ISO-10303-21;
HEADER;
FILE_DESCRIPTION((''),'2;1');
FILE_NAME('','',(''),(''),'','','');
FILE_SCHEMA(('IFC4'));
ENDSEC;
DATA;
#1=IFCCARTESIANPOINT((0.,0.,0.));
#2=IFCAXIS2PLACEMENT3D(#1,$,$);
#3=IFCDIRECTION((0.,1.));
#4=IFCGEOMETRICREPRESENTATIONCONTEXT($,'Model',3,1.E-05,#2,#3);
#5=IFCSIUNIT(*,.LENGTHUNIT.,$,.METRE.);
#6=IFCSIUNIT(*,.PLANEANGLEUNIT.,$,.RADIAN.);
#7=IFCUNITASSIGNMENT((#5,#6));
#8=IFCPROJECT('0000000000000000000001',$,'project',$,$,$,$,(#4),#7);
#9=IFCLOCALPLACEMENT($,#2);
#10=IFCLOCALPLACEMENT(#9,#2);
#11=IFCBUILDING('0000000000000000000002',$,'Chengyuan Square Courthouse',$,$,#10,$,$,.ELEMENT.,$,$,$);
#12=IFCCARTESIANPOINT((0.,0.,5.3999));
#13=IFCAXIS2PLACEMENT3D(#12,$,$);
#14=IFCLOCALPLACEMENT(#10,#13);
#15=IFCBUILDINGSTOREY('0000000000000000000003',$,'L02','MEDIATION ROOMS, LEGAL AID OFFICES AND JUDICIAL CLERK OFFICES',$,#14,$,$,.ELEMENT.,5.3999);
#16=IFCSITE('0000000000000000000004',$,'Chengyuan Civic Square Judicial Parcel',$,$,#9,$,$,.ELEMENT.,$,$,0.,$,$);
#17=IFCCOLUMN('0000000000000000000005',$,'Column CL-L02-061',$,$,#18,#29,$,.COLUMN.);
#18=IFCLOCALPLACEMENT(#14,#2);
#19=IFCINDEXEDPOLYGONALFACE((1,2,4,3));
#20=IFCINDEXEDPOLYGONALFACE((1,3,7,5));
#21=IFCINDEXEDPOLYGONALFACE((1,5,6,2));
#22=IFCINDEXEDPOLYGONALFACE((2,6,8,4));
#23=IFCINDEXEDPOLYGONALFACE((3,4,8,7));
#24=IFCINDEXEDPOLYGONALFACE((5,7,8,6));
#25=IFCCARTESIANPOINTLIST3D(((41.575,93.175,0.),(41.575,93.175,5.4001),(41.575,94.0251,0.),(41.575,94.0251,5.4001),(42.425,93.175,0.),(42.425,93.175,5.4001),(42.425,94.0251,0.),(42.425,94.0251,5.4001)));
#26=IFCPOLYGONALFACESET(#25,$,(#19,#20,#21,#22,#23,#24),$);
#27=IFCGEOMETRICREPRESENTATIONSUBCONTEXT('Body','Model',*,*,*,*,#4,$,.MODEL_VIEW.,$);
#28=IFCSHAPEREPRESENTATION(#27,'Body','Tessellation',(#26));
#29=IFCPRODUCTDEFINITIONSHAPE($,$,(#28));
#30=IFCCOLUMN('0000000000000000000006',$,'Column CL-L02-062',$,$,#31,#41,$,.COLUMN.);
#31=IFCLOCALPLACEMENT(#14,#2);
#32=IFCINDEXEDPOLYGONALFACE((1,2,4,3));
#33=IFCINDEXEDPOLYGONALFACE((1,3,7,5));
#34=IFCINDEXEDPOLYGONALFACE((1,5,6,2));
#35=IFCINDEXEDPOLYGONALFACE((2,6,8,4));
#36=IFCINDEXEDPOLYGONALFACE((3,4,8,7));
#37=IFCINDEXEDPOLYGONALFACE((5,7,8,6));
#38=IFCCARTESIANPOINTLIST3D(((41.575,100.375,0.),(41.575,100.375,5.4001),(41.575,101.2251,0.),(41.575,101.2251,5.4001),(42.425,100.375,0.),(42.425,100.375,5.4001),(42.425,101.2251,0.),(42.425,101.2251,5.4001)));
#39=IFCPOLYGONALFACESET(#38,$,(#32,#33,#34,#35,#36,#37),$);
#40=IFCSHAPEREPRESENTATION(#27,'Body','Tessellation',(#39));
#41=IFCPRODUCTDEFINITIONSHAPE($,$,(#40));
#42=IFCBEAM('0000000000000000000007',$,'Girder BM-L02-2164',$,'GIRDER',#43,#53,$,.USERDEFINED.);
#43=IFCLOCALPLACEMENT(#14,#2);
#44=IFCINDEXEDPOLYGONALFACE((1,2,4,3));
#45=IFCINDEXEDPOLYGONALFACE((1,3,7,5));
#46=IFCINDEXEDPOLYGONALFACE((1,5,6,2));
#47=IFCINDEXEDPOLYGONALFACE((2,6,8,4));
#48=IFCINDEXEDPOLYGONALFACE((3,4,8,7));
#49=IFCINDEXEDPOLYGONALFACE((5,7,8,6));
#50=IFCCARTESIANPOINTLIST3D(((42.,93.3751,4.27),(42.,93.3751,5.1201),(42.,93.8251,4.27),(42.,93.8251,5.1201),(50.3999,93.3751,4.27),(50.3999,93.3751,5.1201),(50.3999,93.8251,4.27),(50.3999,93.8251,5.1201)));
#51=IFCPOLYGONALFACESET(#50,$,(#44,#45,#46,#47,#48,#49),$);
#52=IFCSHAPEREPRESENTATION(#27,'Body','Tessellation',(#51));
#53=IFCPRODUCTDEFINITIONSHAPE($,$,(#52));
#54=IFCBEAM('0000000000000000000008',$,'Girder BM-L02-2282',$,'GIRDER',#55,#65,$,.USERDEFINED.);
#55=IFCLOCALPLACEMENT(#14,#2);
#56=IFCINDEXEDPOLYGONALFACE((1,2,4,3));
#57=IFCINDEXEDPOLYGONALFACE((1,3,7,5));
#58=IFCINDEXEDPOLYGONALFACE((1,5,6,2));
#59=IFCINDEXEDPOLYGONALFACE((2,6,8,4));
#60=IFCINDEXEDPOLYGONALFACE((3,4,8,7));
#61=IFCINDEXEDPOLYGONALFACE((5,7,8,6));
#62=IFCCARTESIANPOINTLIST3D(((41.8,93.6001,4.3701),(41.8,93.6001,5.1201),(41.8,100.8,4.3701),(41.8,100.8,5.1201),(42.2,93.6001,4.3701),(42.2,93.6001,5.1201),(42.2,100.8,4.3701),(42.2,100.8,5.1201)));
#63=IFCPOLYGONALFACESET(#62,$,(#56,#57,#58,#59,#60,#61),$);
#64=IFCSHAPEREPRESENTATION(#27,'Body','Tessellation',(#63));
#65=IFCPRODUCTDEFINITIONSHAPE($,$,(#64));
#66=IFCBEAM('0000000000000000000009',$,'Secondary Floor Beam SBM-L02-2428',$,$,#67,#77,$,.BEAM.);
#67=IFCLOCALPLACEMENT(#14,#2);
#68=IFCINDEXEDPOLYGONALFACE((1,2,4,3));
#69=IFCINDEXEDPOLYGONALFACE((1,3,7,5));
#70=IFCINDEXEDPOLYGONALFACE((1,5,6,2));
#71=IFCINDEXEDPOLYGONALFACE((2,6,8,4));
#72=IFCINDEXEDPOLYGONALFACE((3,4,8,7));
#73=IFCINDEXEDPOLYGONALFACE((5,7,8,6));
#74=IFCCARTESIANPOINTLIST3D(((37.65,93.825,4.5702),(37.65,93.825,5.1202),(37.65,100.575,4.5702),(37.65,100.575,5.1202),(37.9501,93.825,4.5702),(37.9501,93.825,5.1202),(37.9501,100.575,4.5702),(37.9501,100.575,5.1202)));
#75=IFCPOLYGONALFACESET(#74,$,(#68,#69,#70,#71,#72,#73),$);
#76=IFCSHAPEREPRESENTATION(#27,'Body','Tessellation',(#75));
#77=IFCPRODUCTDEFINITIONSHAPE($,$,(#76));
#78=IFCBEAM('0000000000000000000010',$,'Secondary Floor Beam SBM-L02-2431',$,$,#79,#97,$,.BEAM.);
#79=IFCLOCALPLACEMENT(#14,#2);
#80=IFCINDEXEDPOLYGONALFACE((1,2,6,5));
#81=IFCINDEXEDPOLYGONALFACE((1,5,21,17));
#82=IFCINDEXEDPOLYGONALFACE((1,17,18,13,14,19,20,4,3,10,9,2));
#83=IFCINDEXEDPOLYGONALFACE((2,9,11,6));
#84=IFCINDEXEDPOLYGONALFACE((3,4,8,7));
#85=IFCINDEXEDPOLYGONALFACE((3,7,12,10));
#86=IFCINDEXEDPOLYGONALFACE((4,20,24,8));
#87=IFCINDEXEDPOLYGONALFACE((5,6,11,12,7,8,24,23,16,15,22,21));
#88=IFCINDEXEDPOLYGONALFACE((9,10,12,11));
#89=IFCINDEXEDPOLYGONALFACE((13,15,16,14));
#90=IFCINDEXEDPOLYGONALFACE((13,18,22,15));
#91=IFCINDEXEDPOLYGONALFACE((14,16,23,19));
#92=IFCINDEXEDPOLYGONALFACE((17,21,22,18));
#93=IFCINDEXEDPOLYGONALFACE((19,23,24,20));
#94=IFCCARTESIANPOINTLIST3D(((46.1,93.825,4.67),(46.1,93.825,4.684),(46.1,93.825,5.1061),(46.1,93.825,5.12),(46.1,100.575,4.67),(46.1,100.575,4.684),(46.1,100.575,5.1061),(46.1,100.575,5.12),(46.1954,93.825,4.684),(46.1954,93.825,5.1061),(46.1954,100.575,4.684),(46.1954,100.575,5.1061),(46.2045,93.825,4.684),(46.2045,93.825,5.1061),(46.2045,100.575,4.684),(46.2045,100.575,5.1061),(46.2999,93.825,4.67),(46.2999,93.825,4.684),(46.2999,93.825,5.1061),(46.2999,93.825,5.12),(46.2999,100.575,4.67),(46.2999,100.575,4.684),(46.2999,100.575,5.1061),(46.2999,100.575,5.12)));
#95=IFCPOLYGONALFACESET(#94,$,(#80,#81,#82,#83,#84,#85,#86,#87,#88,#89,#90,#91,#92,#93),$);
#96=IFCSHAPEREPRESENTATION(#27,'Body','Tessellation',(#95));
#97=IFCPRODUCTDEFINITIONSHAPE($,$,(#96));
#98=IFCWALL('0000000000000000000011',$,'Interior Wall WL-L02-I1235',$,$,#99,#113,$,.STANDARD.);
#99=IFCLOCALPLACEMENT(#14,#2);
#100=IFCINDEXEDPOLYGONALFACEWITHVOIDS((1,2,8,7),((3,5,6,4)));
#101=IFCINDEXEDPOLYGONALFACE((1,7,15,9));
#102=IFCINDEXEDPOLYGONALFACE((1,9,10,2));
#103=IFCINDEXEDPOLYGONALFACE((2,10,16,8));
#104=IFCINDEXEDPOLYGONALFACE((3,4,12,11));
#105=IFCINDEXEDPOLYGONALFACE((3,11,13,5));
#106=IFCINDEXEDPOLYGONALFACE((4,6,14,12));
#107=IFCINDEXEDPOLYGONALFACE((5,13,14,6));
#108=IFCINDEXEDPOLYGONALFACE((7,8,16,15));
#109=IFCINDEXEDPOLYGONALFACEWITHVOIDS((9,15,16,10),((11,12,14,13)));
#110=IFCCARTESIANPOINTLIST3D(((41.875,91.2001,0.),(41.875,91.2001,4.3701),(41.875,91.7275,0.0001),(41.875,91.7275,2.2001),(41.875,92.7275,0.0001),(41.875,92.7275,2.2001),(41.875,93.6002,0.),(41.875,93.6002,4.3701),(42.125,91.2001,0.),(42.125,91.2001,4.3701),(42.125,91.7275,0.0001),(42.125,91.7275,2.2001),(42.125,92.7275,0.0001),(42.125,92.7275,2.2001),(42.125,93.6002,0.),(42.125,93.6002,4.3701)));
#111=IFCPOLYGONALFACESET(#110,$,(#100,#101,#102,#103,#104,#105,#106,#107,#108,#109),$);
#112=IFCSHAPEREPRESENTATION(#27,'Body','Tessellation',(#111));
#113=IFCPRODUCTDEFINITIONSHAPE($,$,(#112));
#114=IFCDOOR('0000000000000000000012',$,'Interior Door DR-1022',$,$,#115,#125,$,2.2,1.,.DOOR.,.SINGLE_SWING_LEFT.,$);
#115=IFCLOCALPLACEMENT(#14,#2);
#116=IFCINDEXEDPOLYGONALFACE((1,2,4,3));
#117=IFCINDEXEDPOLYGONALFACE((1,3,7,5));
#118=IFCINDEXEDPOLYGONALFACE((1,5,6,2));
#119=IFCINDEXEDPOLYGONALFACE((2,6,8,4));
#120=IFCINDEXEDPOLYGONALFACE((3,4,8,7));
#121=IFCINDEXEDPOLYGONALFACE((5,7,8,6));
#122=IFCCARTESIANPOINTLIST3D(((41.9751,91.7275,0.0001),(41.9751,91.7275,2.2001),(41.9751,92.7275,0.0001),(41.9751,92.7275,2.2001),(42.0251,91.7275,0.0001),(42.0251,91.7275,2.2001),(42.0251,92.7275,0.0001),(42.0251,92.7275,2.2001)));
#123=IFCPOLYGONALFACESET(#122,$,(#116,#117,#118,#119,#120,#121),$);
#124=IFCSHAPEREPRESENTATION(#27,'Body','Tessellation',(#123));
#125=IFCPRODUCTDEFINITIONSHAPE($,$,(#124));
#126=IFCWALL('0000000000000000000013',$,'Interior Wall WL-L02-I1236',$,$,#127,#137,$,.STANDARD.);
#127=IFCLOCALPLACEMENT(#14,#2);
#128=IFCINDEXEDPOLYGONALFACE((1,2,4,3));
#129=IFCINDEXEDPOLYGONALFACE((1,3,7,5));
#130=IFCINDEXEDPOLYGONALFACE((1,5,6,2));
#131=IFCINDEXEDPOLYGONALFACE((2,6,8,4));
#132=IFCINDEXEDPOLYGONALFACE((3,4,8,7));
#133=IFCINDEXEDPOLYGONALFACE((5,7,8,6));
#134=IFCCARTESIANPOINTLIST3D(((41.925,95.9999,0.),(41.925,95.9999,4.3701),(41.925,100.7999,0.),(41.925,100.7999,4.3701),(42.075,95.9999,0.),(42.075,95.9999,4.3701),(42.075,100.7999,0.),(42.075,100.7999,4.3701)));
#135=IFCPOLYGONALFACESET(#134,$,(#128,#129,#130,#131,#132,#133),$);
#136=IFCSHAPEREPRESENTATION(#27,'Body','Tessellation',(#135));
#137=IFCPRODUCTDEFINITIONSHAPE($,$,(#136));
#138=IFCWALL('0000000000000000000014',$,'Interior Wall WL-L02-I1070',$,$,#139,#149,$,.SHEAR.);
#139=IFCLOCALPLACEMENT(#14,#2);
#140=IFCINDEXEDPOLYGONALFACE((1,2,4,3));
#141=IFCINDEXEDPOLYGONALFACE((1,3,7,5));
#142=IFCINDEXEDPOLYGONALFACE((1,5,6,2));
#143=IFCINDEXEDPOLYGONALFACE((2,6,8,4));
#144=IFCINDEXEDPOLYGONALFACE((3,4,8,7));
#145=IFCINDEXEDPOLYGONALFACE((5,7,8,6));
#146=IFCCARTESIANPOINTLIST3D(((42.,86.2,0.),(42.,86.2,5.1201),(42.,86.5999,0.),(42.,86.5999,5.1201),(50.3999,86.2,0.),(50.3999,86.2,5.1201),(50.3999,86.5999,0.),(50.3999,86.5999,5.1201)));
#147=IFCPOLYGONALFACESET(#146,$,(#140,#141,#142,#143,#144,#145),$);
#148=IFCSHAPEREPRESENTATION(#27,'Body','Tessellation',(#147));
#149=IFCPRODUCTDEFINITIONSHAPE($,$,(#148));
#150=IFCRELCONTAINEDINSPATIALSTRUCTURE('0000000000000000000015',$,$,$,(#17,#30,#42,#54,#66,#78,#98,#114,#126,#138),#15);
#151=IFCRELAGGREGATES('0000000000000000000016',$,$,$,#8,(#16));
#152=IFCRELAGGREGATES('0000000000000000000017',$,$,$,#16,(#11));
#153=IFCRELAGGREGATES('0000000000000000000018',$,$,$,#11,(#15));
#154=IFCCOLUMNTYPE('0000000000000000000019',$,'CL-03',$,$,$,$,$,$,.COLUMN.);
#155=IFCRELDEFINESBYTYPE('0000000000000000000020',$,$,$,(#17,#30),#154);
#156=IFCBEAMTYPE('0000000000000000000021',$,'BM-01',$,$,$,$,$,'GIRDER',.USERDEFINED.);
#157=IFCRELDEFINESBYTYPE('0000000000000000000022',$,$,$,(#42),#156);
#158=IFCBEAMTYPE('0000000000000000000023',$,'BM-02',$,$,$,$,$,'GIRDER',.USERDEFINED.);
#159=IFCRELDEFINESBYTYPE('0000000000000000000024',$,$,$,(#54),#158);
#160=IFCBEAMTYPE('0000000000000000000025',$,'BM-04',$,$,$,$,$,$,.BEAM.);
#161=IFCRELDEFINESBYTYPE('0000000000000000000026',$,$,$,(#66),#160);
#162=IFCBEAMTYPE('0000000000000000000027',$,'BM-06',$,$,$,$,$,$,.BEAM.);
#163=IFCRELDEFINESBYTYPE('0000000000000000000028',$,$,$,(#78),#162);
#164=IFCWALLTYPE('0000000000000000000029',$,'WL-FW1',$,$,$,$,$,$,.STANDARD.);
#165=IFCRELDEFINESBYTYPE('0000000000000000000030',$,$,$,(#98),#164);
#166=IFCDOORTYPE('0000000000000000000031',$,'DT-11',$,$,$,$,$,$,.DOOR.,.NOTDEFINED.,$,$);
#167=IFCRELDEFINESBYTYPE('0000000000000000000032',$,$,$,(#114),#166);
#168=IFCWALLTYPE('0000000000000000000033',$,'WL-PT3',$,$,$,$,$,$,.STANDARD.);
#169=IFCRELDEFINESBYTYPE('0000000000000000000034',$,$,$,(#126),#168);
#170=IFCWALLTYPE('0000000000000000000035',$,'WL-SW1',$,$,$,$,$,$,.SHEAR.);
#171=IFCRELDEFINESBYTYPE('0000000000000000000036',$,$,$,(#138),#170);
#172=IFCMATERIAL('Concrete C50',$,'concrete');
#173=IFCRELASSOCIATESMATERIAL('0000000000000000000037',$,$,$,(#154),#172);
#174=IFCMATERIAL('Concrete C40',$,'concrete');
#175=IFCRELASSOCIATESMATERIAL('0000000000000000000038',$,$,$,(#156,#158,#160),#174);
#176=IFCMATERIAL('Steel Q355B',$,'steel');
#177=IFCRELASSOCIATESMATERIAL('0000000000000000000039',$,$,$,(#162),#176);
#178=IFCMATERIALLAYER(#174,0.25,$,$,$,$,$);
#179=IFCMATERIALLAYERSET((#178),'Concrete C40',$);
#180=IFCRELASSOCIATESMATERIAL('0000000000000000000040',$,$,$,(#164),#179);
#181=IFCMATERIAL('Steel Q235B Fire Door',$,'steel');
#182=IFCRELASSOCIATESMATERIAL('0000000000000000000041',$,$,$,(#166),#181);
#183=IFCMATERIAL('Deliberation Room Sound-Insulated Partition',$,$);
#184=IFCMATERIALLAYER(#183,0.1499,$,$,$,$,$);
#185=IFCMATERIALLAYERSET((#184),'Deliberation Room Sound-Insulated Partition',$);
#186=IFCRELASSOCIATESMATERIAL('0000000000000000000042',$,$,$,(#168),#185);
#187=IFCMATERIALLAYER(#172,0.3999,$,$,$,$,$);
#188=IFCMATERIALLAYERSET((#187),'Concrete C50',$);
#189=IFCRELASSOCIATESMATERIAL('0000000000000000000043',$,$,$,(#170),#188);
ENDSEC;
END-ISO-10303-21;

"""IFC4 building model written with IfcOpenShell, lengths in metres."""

from ifc_helpers import new_model, si_unit, direction, frame, frame_2d, origin, origin_2d, place, context, subcontext, project, spatial, rectangle, i_section, extrude, material, layer, layer_set, material_profile, profile_set, type_object, element, fill, save


model = new_model("IFC4")

# Units and contexts
model_context = context("Model", 3, precision=1e-05, world=origin(), true_north=direction((0.0, 1.0)))
body_context = subcontext(model_context, "Body", "Model", "MODEL_VIEW")
ifc_project = project(units=[si_unit("LENGTHUNIT", "METRE"), si_unit("PLANEANGLEUNIT", "RADIAN")], contexts=[model_context])

# Site, building, storey
site_placement = place(None, origin())
site = spatial("IfcSite", under=ifc_project, at=site_placement, Name="Chengyuan Civic Square Judicial Parcel", CompositionType="ELEMENT", RefElevation=0.0)
building_placement = place(site_placement, origin())
building = spatial("IfcBuilding", under=site, at=building_placement, Name="Chengyuan Square Courthouse", CompositionType="ELEMENT")
storey_placement = place(building_placement, frame((0.0, 0.0, 5.3999)))
storey = spatial("IfcBuildingStorey", under=building, at=storey_placement, Name="L02", Description="MEDIATION ROOMS, LEGAL AID OFFICES AND JUDICIAL CLERK OFFICES", CompositionType="ELEMENT", Elevation=5.3999)

# Columns
ifc_material_1 = material(Name="Concrete C50", Category="concrete")
ifc_material_profile_1 = material_profile(ifc_material_1, rectangle(XDim=0.8501, YDim=0.8501, at=origin_2d()), Name="RC-COL-850x850")
ifc_profile_set_1 = profile_set([ifc_material_profile_1], Name="Concrete C50")
column_type = type_object("IfcColumnType", Name="CL-03", PredefinedType="COLUMN", material=ifc_profile_set_1)
for number, where, z_axis, x_axis, name in (
    (1, (42.0, 93.6001, 0.0), (0.0, 0.0, 1.0), (1.0, 0.0, 0.0), "Column CL-L02-061"),
    (2, (42.0, 100.8, 0.0), (0.0, 0.0, 1.0), (1.0, 0.0, 0.0), "Column CL-L02-062"),
):
    element("IfcColumn", number, at=place(storey_placement, frame(where, z_axis=z_axis, x_axis=x_axis)), inside=storey, type_object=column_type, Name=name, PredefinedType="COLUMN", context=body_context, shape_type="SweptSolid", body=[
        extrude(rectangle(XDim=0.8501, YDim=0.8501, at=origin_2d()), origin(), (0.0, 0.0, 1.0), 5.4001),
    ])

# Beams
ifc_material_2 = material(Name="Concrete C40", Category="concrete")
ifc_material_profile_2 = material_profile(ifc_material_2, rectangle(XDim=0.45, YDim=0.8501, at=origin_2d()), Name="RC-BM-450x850")
ifc_profile_set_2 = profile_set([ifc_material_profile_2], Name="Concrete C40")
beam_type_1 = type_object("IfcBeamType", Name="BM-01", ElementType="GIRDER", PredefinedType="USERDEFINED", material=ifc_profile_set_2)
beam_1_placement = place(storey_placement, frame((42.0, 93.6001, 4.6951), z_axis=(1.0, 0.0, 0.0), x_axis=(0.0, 1.0, 0.0)))
element("IfcBeam", 3, at=beam_1_placement, inside=storey, type_object=beam_type_1, Name="Girder BM-L02-2164", ObjectType="GIRDER", PredefinedType="USERDEFINED", context=body_context, shape_type="SweptSolid", body=[
    extrude(rectangle(XDim=0.45, YDim=0.8501, at=origin_2d()), origin(), (0.0, 0.0, 1.0), 8.3999),
])
ifc_material_profile_3 = material_profile(ifc_material_2, rectangle(XDim=0.3999, YDim=0.75, at=origin_2d()), Name="RC-BM-400x750")
ifc_profile_set_3 = profile_set([ifc_material_profile_3], Name="Concrete C40")
beam_type_2 = type_object("IfcBeamType", Name="BM-02", ElementType="GIRDER", PredefinedType="USERDEFINED", material=ifc_profile_set_3)
beam_2_placement = place(storey_placement, frame((42.0, 93.6001, 4.7451), z_axis=(0.0, 1.0, 0.0), x_axis=(-1.0, 0.0, 0.0)))
element("IfcBeam", 4, at=beam_2_placement, inside=storey, type_object=beam_type_2, Name="Girder BM-L02-2282", ObjectType="GIRDER", PredefinedType="USERDEFINED", context=body_context, shape_type="SweptSolid", body=[
    extrude(rectangle(XDim=0.3999, YDim=0.75, at=origin_2d()), origin(), (0.0, 0.0, 1.0), 7.2),
])
ifc_material_profile_4 = material_profile(ifc_material_2, rectangle(XDim=0.3, YDim=0.55, at=origin_2d()), Name="RC-BM-300x550")
ifc_profile_set_4 = profile_set([ifc_material_profile_4], Name="Concrete C40")
beam_type_3 = type_object("IfcBeamType", Name="BM-04", PredefinedType="BEAM", material=ifc_profile_set_4)
beam_3_placement = place(storey_placement, frame((37.8, 93.825, 4.8452), z_axis=(0.0, 1.0, 0.0), x_axis=(-1.0, 0.0, 0.0)))
element("IfcBeam", 5, at=beam_3_placement, inside=storey, type_object=beam_type_3, Name="Secondary Floor Beam SBM-L02-2428", PredefinedType="BEAM", context=body_context, shape_type="SweptSolid", body=[
    extrude(rectangle(XDim=0.3, YDim=0.55, at=origin_2d()), origin(), (0.0, 0.0, 1.0), 6.75),
])
ifc_material_3 = material(Name="Steel Q355B", Category="steel")
ifc_material_profile_5 = material_profile(ifc_material_3, i_section(OverallWidth=0.2, OverallDepth=0.45, WebThickness=0.009, FlangeThickness=0.0139, at=origin_2d()), Name="HN 450x200x9x14")
ifc_profile_set_5 = profile_set([ifc_material_profile_5], Name="Steel Q355B")
beam_type_4 = type_object("IfcBeamType", Name="BM-06", PredefinedType="BEAM", material=ifc_profile_set_5)
beam_4_placement = place(storey_placement, frame((46.2, 93.825, 4.895), z_axis=(0.0, 1.0, 0.0), x_axis=(-1.0, 0.0, 0.0)))
element("IfcBeam", 6, at=beam_4_placement, inside=storey, type_object=beam_type_4, Name="Secondary Floor Beam SBM-L02-2431", PredefinedType="BEAM", context=body_context, shape_type="SweptSolid", body=[
    extrude(i_section(OverallWidth=0.2, OverallDepth=0.45, WebThickness=0.009, FlangeThickness=0.0139, at=origin_2d()), origin(), (0.0, 0.0, 1.0), 6.75),
])

# Wall, opening, door
ifc_layer_1 = layer(ifc_material_2, 0.25)
ifc_layer_set_1 = layer_set([ifc_layer_1], Name="Concrete C40")
wall_type_1 = type_object("IfcWallType", Name="WL-FW1", PredefinedType="STANDARD", material=ifc_layer_set_1)
wall_1_placement = place(storey_placement, frame((42.0, 91.2, 0.0), z_axis=(0.0, 0.0, 1.0), x_axis=(0.0, 1.0, 0.0)))
wall_1 = element("IfcWall", 7, at=wall_1_placement, inside=storey, type_object=wall_type_1, Name="Interior Wall WL-L02-I1235", PredefinedType="STANDARD", context=body_context, shape_type="SweptSolid", body=[
    extrude(rectangle(XDim=2.4001, YDim=0.25, at=frame_2d((1.2002, 0.0))), origin(), (0.0, 0.0, 1.0), 4.3701),
])
opening_1_placement = place(wall_1_placement, frame((0.5276, 0.0, 0.0)))
opening_1 = element("IfcOpeningElement", 8, at=opening_1_placement, cuts=wall_1, PredefinedType="OPENING", context=body_context, shape_type="SweptSolid", body=[
    extrude(rectangle(XDim=1.0, YDim=2.2, at=frame_2d((0.5, 1.1001))), frame((0.0, 0.137, 0.0), z_axis=(0.0, -1.0, 0.0), x_axis=(1.0, 0.0, 0.0)), (0.0, 0.0, 1.0), 0.2739),
])
ifc_material_4 = material(Name="Steel Q235B Fire Door", Category="steel")
door_type_1 = type_object("IfcDoorType", Name="DT-11", OperationType="NOTDEFINED", PredefinedType="DOOR", material=ifc_material_4)
door_1_placement = place(opening_1_placement, origin())
door_1 = element("IfcDoor", 9, at=door_1_placement, inside=storey, type_object=door_type_1, Name="Interior Door DR-1022", OperationType="SINGLE_SWING_LEFT", OverallHeight=2.2, OverallWidth=1.0, PredefinedType="DOOR", context=body_context, shape_type="SweptSolid", body=[
    extrude(rectangle(XDim=1.0, YDim=2.2, at=frame_2d((0.5, 1.1001))), frame((0.0, 0.0249, 0.0), z_axis=(0.0, -1.0, 0.0), x_axis=(1.0, 0.0, 0.0)), (0.0, 0.0, 1.0), 0.05),
])
fill(opening_1, door_1)

# Walls
ifc_material_5 = material(Name="Deliberation Room Sound-Insulated Partition")
ifc_layer_2 = layer(ifc_material_5, 0.1499)
ifc_layer_set_2 = layer_set([ifc_layer_2], Name="Deliberation Room Sound-Insulated Partition")
wall_type_2 = type_object("IfcWallType", Name="WL-PT3", PredefinedType="STANDARD", material=ifc_layer_set_2)
wall_2_placement = place(storey_placement, frame((42.0, 96.0, 0.0), z_axis=(0.0, 0.0, 1.0), x_axis=(0.0, 1.0, 0.0)))
element("IfcWall", 10, at=wall_2_placement, inside=storey, type_object=wall_type_2, Name="Interior Wall WL-L02-I1236", PredefinedType="STANDARD", context=body_context, shape_type="SweptSolid", body=[
    extrude(rectangle(XDim=4.8, YDim=0.1499, at=frame_2d((2.3999, 0.0))), origin(), (0.0, 0.0, 1.0), 4.3701),
])
ifc_layer_3 = layer(ifc_material_1, 0.3999)
ifc_layer_set_3 = layer_set([ifc_layer_3], Name="Concrete C50")
wall_type_3 = type_object("IfcWallType", Name="WL-SW1", PredefinedType="SHEAR", material=ifc_layer_set_3)
wall_3_placement = place(storey_placement, frame((42.0, 86.3999, 0.0), z_axis=(0.0, 0.0, 1.0), x_axis=(1.0, 0.0, 0.0)))
element("IfcWall", 11, at=wall_3_placement, inside=storey, type_object=wall_type_3, Name="Interior Wall WL-L02-I1070", PredefinedType="SHEAR", context=body_context, shape_type="SweptSolid", body=[
    extrude(rectangle(XDim=8.3999, YDim=0.3999, at=frame_2d((4.2, 0.0))), origin(), (0.0, 0.0, 1.0), 5.1201),
])

save(model, "model.ifc")
